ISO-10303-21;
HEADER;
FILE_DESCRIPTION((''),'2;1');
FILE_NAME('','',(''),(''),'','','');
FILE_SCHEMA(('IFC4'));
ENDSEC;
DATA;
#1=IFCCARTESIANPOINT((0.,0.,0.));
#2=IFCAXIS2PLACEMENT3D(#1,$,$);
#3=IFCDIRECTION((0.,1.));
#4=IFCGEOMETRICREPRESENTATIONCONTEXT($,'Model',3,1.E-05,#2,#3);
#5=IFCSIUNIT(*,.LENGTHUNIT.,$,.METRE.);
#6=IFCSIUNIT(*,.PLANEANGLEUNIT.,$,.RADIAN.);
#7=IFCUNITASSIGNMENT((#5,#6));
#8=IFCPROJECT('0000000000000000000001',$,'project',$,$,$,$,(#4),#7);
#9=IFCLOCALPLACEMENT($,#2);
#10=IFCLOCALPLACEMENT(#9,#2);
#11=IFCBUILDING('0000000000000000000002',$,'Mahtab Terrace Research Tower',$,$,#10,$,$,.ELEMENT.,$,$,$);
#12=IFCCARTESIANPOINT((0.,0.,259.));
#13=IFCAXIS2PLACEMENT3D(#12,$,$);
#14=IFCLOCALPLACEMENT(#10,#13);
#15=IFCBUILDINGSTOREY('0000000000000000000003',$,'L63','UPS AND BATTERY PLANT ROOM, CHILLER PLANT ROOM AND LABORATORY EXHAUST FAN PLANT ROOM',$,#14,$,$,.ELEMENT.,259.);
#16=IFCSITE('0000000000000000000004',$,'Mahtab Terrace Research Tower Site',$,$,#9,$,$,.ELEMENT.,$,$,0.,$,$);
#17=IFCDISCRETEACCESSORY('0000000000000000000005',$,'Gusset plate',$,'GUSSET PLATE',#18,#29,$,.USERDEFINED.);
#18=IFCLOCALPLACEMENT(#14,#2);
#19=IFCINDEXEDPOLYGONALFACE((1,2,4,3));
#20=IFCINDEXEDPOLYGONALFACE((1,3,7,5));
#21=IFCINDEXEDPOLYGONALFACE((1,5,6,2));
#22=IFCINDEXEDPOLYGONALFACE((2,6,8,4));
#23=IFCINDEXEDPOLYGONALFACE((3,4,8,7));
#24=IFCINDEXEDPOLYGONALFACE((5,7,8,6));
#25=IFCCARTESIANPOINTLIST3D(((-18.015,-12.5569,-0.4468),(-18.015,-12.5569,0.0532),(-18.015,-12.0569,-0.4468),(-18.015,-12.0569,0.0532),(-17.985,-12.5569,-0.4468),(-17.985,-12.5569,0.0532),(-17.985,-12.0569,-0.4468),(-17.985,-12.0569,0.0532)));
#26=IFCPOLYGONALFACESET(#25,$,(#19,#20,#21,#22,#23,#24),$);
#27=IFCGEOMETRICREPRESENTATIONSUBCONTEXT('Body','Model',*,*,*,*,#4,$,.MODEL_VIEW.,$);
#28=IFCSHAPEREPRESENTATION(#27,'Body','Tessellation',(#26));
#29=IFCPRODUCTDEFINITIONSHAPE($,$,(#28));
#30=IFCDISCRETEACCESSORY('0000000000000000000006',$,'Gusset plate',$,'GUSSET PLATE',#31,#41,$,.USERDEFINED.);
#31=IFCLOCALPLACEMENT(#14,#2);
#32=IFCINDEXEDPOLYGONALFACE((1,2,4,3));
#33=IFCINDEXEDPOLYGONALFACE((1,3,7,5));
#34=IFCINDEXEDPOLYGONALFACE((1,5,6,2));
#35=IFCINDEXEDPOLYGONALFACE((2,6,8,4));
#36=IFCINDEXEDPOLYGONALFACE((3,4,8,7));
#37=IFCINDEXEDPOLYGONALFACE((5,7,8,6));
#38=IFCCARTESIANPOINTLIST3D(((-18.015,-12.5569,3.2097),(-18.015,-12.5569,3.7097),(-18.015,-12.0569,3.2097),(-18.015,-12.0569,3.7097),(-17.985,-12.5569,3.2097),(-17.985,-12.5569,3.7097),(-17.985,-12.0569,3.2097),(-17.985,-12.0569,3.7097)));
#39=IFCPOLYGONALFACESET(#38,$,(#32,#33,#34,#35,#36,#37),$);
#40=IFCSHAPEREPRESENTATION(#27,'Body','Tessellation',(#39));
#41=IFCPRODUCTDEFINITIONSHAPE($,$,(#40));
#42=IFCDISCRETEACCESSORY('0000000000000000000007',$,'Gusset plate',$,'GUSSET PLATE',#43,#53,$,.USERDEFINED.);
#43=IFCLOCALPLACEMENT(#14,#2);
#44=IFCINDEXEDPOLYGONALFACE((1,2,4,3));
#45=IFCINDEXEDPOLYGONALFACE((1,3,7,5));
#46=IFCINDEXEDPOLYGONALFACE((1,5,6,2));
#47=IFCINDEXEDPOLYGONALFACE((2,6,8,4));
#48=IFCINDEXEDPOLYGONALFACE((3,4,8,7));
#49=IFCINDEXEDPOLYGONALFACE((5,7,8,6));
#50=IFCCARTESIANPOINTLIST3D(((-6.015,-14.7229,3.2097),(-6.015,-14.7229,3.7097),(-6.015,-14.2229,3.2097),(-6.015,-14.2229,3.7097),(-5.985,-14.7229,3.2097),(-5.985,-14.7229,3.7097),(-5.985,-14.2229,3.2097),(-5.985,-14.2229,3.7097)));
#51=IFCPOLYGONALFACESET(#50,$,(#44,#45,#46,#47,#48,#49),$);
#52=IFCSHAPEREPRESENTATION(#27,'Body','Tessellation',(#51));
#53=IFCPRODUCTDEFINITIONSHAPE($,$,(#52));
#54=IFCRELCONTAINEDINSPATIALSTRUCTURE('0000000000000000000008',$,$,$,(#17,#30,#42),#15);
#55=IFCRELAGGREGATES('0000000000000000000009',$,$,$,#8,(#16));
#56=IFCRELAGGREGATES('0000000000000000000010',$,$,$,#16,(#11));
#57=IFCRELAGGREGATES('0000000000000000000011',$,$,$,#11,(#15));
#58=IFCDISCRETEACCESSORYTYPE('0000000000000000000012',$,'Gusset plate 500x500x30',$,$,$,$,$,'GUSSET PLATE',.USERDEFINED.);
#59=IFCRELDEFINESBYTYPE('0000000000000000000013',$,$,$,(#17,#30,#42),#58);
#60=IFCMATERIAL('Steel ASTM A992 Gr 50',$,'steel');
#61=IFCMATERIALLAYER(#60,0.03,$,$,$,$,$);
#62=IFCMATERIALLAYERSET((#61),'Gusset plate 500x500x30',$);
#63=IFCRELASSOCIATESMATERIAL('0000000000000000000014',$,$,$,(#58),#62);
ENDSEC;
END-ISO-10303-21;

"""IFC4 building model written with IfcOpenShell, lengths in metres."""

from ifc_helpers import new_model, si_unit, direction, frame, origin, origin_2d, place, context, subcontext, project, spatial, rectangle, extrude, material, layer, layer_set, type_object, element, save


model = new_model("IFC4")

# Units and contexts
model_context = context("Model", 3, precision=1e-05, world=origin(), true_north=direction((0.0, 1.0)))
body_context = subcontext(model_context, "Body", "Model", "MODEL_VIEW")
ifc_project = project(units=[si_unit("LENGTHUNIT", "METRE"), si_unit("PLANEANGLEUNIT", "RADIAN")], contexts=[model_context])

# Site, building, storey
site_placement = place(None, origin())
site = spatial("IfcSite", under=ifc_project, at=site_placement, Name="Mahtab Terrace Research Tower Site", CompositionType="ELEMENT", RefElevation=0.0)
building_placement = place(site_placement, origin())
building = spatial("IfcBuilding", under=site, at=building_placement, Name="Mahtab Terrace Research Tower", CompositionType="ELEMENT")
storey_placement = place(building_placement, frame((0.0, 0.0, 259.0)))
storey = spatial("IfcBuildingStorey", under=building, at=storey_placement, Name="L63", Description="UPS AND BATTERY PLANT ROOM, CHILLER PLANT ROOM AND LABORATORY EXHAUST FAN PLANT ROOM", CompositionType="ELEMENT", Elevation=259.0)

# Shared definitions
ifc_material_1 = material(Name="Steel ASTM A992 Gr 50", Category="steel")

# Discrete accessories
ifc_layer = layer(ifc_material_1, 0.03)
ifc_layer_set = layer_set([ifc_layer], Name="Gusset plate 500x500x30")
discrete_accessory_type_1 = type_object("IfcDiscreteAccessoryType", Name="Gusset plate 500x500x30", ElementType="GUSSET PLATE", PredefinedType="USERDEFINED", material=ifc_layer_set)
for number, where, z_axis, x_axis, name in (
    (1, (-18.0, -12.3069, -0.4468), (0.0, 0.0, 1.0), (0.0, 1.0, 0.0), "Gusset plate"),
    (2, (-18.0, -12.3069, 3.2097), (0.0, 0.0, 1.0), (0.0, 1.0, 0.0), "Gusset plate"),
    (3, (-6.0, -14.4729, 3.2097), (0.0, 0.0, 1.0), (0.0, 1.0, 0.0), "Gusset plate"),
):
    element("IfcDiscreteAccessory", number, at=place(storey_placement, frame(where, z_axis=z_axis, x_axis=x_axis)), inside=storey, type_object=discrete_accessory_type_1, Name=name, ObjectType="GUSSET PLATE", PredefinedType="USERDEFINED", context=body_context, shape_type="SweptSolid", body=[
        extrude(rectangle(XDim=0.5, YDim=0.03, at=origin_2d()), origin(), (0.0, 0.0, 1.0), 0.5),
    ])

save(model, "model.ifc")
